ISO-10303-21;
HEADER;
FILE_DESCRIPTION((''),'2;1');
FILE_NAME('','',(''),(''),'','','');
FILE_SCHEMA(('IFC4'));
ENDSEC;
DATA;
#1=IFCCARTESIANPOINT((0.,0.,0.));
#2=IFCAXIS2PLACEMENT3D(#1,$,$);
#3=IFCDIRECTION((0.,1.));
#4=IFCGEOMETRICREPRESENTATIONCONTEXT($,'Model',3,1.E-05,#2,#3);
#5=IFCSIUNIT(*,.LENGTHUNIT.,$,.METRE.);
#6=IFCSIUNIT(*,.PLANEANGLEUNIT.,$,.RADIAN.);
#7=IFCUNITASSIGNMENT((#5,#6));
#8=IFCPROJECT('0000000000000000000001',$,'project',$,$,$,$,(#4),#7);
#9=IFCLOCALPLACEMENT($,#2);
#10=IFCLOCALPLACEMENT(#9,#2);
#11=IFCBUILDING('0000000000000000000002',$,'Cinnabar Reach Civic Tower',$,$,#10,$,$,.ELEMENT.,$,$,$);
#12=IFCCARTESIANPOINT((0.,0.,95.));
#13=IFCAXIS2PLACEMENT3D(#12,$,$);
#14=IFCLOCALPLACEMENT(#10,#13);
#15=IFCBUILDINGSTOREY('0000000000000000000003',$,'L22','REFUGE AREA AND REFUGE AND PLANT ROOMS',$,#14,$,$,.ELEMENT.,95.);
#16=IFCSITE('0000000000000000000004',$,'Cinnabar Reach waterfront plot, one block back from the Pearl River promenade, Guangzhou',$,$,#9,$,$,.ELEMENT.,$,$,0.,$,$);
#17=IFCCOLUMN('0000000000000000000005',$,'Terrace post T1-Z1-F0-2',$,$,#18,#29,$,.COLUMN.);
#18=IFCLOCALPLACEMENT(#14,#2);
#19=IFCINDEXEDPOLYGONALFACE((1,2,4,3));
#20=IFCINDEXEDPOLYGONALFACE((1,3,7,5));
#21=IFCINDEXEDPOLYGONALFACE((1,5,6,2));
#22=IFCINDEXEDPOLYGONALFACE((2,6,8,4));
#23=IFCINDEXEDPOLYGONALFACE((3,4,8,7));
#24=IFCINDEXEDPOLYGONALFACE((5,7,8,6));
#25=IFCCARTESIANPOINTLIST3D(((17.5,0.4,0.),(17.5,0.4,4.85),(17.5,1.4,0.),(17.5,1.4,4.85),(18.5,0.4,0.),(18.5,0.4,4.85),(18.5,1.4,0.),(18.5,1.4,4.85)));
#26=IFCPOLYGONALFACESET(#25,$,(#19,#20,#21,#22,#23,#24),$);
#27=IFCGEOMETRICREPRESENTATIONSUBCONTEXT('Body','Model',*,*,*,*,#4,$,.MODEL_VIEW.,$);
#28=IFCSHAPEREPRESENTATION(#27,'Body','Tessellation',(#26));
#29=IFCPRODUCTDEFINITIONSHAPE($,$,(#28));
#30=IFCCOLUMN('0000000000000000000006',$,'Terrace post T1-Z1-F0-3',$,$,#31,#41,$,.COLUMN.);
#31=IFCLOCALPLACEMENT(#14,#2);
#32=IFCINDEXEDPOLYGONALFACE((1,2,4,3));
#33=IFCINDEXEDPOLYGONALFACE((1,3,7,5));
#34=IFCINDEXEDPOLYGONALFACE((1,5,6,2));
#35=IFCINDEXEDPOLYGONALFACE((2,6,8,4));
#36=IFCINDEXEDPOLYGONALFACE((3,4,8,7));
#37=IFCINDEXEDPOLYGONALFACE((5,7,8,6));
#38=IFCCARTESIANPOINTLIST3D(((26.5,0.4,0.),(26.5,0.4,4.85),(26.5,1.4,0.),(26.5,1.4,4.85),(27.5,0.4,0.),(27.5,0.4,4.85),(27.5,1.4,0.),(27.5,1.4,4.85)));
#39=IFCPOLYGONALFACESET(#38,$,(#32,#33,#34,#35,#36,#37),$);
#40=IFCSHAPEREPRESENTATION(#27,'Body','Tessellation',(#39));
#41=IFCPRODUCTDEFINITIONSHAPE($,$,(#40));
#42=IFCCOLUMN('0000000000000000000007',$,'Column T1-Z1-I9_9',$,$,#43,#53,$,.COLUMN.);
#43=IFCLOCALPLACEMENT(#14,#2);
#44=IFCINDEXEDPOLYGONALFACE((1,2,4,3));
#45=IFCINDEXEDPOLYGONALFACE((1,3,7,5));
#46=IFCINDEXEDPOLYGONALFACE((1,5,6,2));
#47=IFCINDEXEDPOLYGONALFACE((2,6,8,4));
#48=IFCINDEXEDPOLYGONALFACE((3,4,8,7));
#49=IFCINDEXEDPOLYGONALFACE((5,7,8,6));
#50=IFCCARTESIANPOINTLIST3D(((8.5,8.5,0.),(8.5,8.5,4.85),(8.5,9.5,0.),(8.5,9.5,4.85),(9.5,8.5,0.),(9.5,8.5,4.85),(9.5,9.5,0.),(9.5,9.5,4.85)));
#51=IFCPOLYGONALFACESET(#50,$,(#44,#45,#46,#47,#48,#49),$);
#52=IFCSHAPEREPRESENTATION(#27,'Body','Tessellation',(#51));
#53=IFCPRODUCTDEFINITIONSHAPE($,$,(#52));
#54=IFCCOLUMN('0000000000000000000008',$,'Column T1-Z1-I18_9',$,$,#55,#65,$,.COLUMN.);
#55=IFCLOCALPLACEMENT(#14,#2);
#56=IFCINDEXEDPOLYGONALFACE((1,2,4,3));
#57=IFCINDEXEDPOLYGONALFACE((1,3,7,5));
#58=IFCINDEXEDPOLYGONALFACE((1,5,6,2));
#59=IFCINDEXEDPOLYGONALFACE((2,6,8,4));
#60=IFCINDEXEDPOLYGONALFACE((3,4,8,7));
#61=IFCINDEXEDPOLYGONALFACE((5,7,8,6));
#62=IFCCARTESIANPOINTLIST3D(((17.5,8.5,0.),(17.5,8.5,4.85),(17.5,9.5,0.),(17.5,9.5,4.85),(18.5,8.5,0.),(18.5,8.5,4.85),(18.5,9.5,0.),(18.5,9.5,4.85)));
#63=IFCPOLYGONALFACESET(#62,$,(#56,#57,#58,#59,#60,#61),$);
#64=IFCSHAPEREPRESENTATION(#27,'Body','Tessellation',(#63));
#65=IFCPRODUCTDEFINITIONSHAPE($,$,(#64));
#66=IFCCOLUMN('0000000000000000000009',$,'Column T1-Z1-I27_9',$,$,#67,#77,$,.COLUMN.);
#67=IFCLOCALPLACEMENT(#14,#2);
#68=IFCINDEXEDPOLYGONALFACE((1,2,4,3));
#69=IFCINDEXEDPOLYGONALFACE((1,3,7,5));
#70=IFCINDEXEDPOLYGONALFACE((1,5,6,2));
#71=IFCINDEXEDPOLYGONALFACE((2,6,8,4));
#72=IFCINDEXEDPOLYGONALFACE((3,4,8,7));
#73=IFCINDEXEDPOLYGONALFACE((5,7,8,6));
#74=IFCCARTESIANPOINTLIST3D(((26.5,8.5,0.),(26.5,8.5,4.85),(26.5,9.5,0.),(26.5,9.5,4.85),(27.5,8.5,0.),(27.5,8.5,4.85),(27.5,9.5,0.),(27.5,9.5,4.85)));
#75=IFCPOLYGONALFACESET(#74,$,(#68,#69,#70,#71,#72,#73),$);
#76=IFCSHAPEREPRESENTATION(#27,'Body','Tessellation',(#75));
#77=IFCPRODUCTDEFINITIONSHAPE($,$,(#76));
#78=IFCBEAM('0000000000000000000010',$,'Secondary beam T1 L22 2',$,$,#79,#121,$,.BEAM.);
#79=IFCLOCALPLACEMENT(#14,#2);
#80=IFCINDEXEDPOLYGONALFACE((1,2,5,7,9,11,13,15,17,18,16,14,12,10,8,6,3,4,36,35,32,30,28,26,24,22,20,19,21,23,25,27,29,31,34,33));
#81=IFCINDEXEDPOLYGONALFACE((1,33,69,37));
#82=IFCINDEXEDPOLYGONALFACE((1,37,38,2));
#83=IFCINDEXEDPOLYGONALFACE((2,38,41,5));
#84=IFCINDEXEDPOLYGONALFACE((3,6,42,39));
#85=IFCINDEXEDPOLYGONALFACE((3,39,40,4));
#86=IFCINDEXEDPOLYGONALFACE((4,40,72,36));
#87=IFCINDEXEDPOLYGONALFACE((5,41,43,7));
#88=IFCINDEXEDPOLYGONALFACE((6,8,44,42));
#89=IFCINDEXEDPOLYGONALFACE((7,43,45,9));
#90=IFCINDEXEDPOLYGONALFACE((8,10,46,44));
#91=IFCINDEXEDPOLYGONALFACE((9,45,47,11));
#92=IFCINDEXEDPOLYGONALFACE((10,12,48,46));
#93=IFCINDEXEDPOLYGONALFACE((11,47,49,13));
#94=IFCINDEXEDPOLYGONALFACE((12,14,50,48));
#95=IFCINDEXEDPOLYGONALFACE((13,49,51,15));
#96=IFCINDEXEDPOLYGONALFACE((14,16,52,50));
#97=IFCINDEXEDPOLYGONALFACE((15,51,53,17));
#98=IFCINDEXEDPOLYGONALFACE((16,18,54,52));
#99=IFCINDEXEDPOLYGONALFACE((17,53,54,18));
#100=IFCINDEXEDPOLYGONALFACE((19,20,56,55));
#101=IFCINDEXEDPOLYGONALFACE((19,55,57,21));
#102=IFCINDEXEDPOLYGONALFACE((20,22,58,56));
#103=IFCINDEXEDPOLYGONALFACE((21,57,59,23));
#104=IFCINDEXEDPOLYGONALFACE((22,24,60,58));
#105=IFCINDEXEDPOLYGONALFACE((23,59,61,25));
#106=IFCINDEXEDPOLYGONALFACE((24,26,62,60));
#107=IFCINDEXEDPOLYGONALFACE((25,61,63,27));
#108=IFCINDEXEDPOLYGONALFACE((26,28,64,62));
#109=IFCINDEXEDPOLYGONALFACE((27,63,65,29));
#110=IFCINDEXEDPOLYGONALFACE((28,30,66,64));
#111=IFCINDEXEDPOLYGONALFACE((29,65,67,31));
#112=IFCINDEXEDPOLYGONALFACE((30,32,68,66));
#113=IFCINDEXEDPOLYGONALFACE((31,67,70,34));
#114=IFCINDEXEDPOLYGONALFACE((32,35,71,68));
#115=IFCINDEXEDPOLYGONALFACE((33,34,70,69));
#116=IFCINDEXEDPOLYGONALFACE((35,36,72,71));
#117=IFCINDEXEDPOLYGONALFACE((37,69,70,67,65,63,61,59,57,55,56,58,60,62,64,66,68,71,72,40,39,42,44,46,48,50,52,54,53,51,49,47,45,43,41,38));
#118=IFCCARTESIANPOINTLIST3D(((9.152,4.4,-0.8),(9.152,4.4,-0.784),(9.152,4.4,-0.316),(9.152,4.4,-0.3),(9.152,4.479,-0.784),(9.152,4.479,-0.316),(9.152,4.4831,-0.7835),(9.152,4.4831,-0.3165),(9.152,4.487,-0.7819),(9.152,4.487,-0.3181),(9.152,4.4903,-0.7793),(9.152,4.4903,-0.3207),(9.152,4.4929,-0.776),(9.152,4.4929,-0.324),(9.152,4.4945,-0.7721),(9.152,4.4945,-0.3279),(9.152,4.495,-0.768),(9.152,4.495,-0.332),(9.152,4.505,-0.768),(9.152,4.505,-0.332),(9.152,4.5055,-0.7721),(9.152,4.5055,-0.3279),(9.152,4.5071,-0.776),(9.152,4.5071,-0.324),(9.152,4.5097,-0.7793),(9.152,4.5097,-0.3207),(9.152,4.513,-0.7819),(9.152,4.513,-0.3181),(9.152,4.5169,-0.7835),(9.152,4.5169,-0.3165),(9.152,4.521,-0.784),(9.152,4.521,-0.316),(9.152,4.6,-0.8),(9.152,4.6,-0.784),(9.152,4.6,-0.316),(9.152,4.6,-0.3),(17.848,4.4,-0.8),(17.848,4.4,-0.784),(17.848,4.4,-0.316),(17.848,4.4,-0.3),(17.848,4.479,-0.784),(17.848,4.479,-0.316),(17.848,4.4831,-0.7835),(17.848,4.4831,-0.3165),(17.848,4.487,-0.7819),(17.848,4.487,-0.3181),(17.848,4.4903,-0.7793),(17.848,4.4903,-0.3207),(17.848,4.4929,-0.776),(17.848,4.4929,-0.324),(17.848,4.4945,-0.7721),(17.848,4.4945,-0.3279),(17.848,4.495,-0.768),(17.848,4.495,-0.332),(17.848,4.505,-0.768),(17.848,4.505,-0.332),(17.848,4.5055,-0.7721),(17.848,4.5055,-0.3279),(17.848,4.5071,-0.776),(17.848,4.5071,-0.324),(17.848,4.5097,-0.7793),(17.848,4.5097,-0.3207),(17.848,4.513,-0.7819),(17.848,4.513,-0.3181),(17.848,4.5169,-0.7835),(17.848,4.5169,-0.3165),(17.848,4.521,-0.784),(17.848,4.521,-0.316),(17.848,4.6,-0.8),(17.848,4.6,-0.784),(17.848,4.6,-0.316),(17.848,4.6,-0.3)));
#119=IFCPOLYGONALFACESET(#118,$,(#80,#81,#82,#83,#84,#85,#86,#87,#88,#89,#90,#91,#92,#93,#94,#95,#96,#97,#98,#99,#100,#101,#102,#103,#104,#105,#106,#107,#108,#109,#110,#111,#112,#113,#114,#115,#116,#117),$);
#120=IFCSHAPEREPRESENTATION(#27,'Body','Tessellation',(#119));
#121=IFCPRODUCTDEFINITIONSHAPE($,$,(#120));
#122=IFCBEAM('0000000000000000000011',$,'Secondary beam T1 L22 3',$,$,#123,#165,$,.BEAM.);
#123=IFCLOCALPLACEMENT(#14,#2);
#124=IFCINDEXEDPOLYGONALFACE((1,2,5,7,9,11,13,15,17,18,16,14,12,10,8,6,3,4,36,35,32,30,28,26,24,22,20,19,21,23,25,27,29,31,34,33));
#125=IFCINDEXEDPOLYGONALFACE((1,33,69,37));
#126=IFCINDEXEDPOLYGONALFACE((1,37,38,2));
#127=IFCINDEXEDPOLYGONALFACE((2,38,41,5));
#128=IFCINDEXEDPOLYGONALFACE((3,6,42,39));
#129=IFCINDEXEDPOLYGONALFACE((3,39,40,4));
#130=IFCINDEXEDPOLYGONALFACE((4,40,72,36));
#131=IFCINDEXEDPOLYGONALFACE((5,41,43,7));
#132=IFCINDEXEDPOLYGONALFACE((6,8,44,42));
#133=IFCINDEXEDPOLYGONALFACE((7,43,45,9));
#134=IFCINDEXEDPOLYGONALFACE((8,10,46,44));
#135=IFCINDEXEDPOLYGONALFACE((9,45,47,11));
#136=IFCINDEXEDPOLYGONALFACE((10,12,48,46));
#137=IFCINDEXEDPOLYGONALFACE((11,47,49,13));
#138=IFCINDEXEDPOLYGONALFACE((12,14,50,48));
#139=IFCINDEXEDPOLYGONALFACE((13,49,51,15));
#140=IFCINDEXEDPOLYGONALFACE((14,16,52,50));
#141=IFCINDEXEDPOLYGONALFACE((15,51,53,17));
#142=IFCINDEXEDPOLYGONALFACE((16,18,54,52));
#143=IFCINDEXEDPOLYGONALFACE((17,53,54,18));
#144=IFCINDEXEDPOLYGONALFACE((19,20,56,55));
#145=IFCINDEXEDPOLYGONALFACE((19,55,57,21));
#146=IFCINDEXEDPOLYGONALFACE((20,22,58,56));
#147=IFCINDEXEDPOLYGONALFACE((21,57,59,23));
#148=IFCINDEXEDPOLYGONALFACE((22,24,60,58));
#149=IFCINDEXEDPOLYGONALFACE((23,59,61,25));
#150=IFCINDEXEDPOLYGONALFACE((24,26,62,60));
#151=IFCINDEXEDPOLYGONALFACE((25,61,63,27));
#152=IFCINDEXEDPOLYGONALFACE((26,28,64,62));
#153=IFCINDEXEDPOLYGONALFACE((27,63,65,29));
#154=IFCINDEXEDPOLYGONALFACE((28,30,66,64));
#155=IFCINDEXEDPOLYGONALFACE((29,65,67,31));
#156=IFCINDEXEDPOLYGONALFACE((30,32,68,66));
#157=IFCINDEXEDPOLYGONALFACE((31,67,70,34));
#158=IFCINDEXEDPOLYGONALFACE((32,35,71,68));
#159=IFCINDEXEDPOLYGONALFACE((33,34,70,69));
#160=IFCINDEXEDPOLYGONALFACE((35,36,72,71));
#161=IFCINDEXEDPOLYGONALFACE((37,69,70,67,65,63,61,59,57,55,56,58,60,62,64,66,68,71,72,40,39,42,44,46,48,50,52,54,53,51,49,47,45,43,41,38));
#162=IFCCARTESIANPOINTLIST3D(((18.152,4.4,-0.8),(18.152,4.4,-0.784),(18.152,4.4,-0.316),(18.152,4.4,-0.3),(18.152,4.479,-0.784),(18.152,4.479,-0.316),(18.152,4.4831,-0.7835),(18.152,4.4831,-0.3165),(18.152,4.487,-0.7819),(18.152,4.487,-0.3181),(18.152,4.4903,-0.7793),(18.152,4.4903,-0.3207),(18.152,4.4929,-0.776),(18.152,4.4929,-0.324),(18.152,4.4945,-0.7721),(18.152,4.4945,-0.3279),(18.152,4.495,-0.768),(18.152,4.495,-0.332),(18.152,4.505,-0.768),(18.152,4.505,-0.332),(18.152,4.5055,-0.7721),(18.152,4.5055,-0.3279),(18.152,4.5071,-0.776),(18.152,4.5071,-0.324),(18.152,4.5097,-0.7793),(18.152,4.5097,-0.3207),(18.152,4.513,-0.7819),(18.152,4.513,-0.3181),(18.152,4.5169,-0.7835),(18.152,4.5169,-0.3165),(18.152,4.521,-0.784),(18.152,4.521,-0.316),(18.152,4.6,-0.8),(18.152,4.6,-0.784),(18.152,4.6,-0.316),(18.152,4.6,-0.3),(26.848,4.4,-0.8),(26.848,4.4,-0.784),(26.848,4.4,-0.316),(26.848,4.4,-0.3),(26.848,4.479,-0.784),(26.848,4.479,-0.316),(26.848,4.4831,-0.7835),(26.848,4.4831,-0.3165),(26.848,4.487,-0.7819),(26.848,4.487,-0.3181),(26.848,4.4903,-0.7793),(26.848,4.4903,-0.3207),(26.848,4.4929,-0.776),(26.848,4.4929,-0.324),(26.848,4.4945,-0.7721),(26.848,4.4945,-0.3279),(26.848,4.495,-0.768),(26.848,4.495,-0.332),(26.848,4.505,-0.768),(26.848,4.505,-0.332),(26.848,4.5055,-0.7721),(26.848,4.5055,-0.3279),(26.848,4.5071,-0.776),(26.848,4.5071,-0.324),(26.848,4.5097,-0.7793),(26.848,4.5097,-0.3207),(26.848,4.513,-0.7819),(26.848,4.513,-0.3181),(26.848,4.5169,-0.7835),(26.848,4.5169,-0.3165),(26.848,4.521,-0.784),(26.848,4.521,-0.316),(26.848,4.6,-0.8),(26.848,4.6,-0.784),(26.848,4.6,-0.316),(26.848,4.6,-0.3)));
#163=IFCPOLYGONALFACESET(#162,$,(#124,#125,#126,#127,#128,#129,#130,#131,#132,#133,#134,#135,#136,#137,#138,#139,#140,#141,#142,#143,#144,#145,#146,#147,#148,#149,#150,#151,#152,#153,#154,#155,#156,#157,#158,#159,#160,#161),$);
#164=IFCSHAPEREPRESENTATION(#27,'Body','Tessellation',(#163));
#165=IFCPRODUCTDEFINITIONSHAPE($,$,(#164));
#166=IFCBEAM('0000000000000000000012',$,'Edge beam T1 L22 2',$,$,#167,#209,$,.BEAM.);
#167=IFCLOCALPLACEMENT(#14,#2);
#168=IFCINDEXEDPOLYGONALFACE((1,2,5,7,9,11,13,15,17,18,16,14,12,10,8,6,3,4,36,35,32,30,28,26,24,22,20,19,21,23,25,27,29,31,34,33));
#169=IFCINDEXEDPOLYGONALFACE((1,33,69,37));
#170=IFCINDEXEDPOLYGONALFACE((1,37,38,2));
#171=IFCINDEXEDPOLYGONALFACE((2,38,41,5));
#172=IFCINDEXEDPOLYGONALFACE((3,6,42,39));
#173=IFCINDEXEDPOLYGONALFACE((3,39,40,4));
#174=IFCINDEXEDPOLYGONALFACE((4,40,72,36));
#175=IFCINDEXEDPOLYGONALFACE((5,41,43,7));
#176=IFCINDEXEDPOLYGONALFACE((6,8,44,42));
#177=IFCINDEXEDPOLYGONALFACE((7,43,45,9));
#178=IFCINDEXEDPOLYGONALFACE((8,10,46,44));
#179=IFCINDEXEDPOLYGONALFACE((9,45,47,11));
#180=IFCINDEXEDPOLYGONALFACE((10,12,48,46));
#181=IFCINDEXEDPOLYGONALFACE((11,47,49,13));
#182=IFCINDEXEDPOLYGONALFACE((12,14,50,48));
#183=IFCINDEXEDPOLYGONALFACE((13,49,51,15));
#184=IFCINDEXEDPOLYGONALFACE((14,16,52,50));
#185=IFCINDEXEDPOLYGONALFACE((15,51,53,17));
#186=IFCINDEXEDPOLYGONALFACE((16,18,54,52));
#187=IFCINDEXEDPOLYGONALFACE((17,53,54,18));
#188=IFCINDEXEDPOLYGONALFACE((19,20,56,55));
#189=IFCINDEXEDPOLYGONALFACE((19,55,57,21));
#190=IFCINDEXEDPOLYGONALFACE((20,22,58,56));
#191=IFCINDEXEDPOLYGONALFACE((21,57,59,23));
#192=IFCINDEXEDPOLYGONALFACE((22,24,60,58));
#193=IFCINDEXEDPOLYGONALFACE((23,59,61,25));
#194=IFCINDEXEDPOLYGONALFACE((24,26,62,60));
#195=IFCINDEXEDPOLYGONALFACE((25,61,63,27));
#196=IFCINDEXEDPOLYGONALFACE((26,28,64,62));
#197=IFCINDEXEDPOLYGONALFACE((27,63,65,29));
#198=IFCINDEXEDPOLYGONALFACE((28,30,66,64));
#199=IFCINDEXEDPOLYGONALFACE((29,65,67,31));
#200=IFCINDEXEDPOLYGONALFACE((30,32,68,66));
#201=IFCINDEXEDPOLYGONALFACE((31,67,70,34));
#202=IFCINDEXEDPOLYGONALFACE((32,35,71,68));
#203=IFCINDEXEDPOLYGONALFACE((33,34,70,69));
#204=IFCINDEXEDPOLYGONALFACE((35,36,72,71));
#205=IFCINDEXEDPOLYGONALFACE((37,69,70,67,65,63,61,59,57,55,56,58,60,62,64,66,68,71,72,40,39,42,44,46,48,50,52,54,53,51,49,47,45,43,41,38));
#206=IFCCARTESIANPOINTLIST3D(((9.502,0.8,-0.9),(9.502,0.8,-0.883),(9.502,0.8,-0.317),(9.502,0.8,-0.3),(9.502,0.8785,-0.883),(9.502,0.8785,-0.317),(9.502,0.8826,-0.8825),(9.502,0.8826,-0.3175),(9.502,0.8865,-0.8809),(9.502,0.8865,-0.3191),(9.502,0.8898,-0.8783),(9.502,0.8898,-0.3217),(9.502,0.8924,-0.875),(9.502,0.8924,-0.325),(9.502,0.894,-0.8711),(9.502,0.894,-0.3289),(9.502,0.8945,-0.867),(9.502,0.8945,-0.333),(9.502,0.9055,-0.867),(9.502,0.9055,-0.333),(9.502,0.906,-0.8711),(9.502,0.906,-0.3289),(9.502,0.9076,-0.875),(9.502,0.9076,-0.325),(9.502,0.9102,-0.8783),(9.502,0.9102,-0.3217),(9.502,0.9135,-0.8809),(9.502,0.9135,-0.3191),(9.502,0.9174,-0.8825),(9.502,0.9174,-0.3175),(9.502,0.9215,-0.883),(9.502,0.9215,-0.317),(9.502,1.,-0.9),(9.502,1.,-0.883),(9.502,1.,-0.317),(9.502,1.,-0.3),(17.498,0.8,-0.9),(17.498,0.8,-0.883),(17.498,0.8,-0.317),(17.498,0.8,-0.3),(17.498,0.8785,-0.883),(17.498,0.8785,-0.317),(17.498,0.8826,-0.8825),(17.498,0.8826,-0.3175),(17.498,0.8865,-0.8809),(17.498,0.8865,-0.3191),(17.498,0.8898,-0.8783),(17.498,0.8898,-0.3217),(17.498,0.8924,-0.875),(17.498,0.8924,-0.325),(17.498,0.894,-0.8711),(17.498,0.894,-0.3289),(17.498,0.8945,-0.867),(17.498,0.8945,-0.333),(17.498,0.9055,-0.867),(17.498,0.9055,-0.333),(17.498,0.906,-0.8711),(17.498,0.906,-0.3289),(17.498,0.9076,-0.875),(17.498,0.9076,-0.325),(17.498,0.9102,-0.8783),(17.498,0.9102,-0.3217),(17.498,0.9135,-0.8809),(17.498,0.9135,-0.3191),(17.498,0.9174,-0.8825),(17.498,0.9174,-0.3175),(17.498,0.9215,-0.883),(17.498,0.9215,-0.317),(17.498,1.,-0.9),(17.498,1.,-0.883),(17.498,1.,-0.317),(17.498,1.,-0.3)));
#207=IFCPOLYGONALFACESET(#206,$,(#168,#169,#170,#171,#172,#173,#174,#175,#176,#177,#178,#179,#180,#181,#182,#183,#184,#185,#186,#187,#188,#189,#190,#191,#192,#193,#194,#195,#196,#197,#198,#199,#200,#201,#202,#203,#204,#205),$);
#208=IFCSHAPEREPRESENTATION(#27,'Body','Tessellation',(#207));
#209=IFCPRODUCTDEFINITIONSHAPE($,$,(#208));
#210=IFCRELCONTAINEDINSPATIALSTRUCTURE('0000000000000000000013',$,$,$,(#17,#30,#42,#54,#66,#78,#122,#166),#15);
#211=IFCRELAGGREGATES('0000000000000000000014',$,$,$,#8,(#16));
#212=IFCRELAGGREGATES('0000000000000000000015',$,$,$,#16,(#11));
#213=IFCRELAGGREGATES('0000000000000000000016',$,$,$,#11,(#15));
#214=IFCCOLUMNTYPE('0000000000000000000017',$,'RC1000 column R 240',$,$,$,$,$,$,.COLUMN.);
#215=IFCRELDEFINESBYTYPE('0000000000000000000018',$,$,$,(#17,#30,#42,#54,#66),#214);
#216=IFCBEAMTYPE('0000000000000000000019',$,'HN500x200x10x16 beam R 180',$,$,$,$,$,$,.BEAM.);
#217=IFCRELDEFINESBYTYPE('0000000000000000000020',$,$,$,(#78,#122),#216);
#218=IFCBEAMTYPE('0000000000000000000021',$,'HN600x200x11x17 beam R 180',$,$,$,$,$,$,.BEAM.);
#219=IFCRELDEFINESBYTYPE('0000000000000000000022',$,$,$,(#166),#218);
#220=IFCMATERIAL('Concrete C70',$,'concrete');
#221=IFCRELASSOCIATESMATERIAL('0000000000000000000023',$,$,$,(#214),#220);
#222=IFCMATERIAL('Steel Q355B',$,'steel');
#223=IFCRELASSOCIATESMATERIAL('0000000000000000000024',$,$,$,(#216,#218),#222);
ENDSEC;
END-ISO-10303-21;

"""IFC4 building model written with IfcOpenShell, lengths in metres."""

from ifc_helpers import new_model, si_unit, direction, frame, origin, origin_2d, place, context, subcontext, project, spatial, rectangle, i_section, extrude, material, material_profile, profile_set, type_object, element, save


model = new_model("IFC4")

# Units and contexts
model_context = context("Model", 3, precision=1e-05, world=origin(), true_north=direction((0.0, 1.0)))
body_context = subcontext(model_context, "Body", "Model", "MODEL_VIEW")
ifc_project = project(units=[si_unit("LENGTHUNIT", "METRE"), si_unit("PLANEANGLEUNIT", "RADIAN")], contexts=[model_context])

# Site, building, storey
site_placement = place(None, origin())
site = spatial("IfcSite", under=ifc_project, at=site_placement, Name="Cinnabar Reach waterfront plot, one block back from the Pearl River promenade, Guangzhou", CompositionType="ELEMENT", RefElevation=0.0)
building_placement = place(site_placement, origin())
building = spatial("IfcBuilding", under=site, at=building_placement, Name="Cinnabar Reach Civic Tower", CompositionType="ELEMENT")
storey_placement = place(building_placement, frame((0.0, 0.0, 95.0)))
storey = spatial("IfcBuildingStorey", under=building, at=storey_placement, Name="L22", Description="REFUGE AREA AND REFUGE AND PLANT ROOMS", CompositionType="ELEMENT", Elevation=95.0)

# Columns
ifc_material_1 = material(Name="Concrete C70", Category="concrete")
ifc_material_profile_1 = material_profile(ifc_material_1, rectangle(XDim=1.0, YDim=1.0, at=origin_2d()), Name="RC1000")
ifc_profile_set_1 = profile_set([ifc_material_profile_1], Name="Concrete C70")
column_type = type_object("IfcColumnType", Name="RC1000 column R 240", PredefinedType="COLUMN", material=ifc_profile_set_1)
for number, where, z_axis, x_axis, name in (
    (1, (18.0, 0.9, 0.0), (0.0, 0.0, 1.0), (1.0, 0.0, 0.0), "Terrace post T1-Z1-F0-2"),
    (2, (27.0, 0.9, 0.0), (0.0, 0.0, 1.0), (1.0, 0.0, 0.0), "Terrace post T1-Z1-F0-3"),
    (3, (9.0, 9.0, 0.0), (0.0, 0.0, 1.0), (1.0, 0.0, 0.0), "Column T1-Z1-I9_9"),
    (4, (18.0, 9.0, 0.0), (0.0, 0.0, 1.0), (1.0, 0.0, 0.0), "Column T1-Z1-I18_9"),
    (5, (27.0, 9.0, 0.0), (0.0, 0.0, 1.0), (1.0, 0.0, 0.0), "Column T1-Z1-I27_9"),
):
    element("IfcColumn", number, at=place(storey_placement, frame(where, z_axis=z_axis, x_axis=x_axis)), inside=storey, type_object=column_type, Name=name, PredefinedType="COLUMN", context=body_context, shape_type="SweptSolid", body=[
        extrude(rectangle(XDim=1.0, YDim=1.0, at=origin_2d()), origin(), (0.0, 0.0, 1.0), 4.85),
    ])

# Beams
ifc_material_2 = material(Name="Steel Q355B", Category="steel")
ifc_material_profile_2 = material_profile(ifc_material_2, i_section(OverallWidth=0.2, OverallDepth=0.5, WebThickness=0.01, FlangeThickness=0.016, FilletRadius=0.016, at=origin_2d()), Name="HN500x200x10x16")
ifc_profile_set_2 = profile_set([ifc_material_profile_2], Name="Steel Q355B")
beam_type_1 = type_object("IfcBeamType", Name="HN500x200x10x16 beam R 180", PredefinedType="BEAM", material=ifc_profile_set_2)
for number, where, z_axis, x_axis, name in (
    (6, (9.152, 4.5, -0.55), (1.0, 0.0, 0.0), (0.0, 1.0, 0.0), "Secondary beam T1 L22 2"),
    (7, (18.152, 4.5, -0.55), (1.0, 0.0, 0.0), (0.0, 1.0, 0.0), "Secondary beam T1 L22 3"),
):
    element("IfcBeam", number, at=place(storey_placement, frame(where, z_axis=z_axis, x_axis=x_axis)), inside=storey, type_object=beam_type_1, Name=name, PredefinedType="BEAM", context=body_context, shape_type="SweptSolid", body=[
        extrude(i_section(OverallWidth=0.2, OverallDepth=0.5, WebThickness=0.01, FlangeThickness=0.016, FilletRadius=0.016, at=origin_2d()), origin(), (0.0, 0.0, 1.0), 8.696),
    ])
ifc_material_profile_3 = material_profile(ifc_material_2, i_section(OverallWidth=0.2, OverallDepth=0.6, WebThickness=0.011, FlangeThickness=0.017, FilletRadius=0.016, at=origin_2d()), Name="HN600x200x11x17")
ifc_profile_set_3 = profile_set([ifc_material_profile_3], Name="Steel Q355B")
beam_type_2 = type_object("IfcBeamType", Name="HN600x200x11x17 beam R 180", PredefinedType="BEAM", material=ifc_profile_set_3)
for number, where, z_axis, x_axis, name in (
    (8, (9.502, 0.9, -0.6), (1.0, 0.0, 0.0), (0.0, 1.0, 0.0), "Edge beam T1 L22 2"),
):
    element("IfcBeam", number, at=place(storey_placement, frame(where, z_axis=z_axis, x_axis=x_axis)), inside=storey, type_object=beam_type_2, Name=name, PredefinedType="BEAM", context=body_context, shape_type="SweptSolid", body=[
        extrude(i_section(OverallWidth=0.2, OverallDepth=0.6, WebThickness=0.011, FlangeThickness=0.017, FilletRadius=0.016, at=origin_2d()), origin(), (0.0, 0.0, 1.0), 7.996),
    ])

save(model, "model.ifc")
